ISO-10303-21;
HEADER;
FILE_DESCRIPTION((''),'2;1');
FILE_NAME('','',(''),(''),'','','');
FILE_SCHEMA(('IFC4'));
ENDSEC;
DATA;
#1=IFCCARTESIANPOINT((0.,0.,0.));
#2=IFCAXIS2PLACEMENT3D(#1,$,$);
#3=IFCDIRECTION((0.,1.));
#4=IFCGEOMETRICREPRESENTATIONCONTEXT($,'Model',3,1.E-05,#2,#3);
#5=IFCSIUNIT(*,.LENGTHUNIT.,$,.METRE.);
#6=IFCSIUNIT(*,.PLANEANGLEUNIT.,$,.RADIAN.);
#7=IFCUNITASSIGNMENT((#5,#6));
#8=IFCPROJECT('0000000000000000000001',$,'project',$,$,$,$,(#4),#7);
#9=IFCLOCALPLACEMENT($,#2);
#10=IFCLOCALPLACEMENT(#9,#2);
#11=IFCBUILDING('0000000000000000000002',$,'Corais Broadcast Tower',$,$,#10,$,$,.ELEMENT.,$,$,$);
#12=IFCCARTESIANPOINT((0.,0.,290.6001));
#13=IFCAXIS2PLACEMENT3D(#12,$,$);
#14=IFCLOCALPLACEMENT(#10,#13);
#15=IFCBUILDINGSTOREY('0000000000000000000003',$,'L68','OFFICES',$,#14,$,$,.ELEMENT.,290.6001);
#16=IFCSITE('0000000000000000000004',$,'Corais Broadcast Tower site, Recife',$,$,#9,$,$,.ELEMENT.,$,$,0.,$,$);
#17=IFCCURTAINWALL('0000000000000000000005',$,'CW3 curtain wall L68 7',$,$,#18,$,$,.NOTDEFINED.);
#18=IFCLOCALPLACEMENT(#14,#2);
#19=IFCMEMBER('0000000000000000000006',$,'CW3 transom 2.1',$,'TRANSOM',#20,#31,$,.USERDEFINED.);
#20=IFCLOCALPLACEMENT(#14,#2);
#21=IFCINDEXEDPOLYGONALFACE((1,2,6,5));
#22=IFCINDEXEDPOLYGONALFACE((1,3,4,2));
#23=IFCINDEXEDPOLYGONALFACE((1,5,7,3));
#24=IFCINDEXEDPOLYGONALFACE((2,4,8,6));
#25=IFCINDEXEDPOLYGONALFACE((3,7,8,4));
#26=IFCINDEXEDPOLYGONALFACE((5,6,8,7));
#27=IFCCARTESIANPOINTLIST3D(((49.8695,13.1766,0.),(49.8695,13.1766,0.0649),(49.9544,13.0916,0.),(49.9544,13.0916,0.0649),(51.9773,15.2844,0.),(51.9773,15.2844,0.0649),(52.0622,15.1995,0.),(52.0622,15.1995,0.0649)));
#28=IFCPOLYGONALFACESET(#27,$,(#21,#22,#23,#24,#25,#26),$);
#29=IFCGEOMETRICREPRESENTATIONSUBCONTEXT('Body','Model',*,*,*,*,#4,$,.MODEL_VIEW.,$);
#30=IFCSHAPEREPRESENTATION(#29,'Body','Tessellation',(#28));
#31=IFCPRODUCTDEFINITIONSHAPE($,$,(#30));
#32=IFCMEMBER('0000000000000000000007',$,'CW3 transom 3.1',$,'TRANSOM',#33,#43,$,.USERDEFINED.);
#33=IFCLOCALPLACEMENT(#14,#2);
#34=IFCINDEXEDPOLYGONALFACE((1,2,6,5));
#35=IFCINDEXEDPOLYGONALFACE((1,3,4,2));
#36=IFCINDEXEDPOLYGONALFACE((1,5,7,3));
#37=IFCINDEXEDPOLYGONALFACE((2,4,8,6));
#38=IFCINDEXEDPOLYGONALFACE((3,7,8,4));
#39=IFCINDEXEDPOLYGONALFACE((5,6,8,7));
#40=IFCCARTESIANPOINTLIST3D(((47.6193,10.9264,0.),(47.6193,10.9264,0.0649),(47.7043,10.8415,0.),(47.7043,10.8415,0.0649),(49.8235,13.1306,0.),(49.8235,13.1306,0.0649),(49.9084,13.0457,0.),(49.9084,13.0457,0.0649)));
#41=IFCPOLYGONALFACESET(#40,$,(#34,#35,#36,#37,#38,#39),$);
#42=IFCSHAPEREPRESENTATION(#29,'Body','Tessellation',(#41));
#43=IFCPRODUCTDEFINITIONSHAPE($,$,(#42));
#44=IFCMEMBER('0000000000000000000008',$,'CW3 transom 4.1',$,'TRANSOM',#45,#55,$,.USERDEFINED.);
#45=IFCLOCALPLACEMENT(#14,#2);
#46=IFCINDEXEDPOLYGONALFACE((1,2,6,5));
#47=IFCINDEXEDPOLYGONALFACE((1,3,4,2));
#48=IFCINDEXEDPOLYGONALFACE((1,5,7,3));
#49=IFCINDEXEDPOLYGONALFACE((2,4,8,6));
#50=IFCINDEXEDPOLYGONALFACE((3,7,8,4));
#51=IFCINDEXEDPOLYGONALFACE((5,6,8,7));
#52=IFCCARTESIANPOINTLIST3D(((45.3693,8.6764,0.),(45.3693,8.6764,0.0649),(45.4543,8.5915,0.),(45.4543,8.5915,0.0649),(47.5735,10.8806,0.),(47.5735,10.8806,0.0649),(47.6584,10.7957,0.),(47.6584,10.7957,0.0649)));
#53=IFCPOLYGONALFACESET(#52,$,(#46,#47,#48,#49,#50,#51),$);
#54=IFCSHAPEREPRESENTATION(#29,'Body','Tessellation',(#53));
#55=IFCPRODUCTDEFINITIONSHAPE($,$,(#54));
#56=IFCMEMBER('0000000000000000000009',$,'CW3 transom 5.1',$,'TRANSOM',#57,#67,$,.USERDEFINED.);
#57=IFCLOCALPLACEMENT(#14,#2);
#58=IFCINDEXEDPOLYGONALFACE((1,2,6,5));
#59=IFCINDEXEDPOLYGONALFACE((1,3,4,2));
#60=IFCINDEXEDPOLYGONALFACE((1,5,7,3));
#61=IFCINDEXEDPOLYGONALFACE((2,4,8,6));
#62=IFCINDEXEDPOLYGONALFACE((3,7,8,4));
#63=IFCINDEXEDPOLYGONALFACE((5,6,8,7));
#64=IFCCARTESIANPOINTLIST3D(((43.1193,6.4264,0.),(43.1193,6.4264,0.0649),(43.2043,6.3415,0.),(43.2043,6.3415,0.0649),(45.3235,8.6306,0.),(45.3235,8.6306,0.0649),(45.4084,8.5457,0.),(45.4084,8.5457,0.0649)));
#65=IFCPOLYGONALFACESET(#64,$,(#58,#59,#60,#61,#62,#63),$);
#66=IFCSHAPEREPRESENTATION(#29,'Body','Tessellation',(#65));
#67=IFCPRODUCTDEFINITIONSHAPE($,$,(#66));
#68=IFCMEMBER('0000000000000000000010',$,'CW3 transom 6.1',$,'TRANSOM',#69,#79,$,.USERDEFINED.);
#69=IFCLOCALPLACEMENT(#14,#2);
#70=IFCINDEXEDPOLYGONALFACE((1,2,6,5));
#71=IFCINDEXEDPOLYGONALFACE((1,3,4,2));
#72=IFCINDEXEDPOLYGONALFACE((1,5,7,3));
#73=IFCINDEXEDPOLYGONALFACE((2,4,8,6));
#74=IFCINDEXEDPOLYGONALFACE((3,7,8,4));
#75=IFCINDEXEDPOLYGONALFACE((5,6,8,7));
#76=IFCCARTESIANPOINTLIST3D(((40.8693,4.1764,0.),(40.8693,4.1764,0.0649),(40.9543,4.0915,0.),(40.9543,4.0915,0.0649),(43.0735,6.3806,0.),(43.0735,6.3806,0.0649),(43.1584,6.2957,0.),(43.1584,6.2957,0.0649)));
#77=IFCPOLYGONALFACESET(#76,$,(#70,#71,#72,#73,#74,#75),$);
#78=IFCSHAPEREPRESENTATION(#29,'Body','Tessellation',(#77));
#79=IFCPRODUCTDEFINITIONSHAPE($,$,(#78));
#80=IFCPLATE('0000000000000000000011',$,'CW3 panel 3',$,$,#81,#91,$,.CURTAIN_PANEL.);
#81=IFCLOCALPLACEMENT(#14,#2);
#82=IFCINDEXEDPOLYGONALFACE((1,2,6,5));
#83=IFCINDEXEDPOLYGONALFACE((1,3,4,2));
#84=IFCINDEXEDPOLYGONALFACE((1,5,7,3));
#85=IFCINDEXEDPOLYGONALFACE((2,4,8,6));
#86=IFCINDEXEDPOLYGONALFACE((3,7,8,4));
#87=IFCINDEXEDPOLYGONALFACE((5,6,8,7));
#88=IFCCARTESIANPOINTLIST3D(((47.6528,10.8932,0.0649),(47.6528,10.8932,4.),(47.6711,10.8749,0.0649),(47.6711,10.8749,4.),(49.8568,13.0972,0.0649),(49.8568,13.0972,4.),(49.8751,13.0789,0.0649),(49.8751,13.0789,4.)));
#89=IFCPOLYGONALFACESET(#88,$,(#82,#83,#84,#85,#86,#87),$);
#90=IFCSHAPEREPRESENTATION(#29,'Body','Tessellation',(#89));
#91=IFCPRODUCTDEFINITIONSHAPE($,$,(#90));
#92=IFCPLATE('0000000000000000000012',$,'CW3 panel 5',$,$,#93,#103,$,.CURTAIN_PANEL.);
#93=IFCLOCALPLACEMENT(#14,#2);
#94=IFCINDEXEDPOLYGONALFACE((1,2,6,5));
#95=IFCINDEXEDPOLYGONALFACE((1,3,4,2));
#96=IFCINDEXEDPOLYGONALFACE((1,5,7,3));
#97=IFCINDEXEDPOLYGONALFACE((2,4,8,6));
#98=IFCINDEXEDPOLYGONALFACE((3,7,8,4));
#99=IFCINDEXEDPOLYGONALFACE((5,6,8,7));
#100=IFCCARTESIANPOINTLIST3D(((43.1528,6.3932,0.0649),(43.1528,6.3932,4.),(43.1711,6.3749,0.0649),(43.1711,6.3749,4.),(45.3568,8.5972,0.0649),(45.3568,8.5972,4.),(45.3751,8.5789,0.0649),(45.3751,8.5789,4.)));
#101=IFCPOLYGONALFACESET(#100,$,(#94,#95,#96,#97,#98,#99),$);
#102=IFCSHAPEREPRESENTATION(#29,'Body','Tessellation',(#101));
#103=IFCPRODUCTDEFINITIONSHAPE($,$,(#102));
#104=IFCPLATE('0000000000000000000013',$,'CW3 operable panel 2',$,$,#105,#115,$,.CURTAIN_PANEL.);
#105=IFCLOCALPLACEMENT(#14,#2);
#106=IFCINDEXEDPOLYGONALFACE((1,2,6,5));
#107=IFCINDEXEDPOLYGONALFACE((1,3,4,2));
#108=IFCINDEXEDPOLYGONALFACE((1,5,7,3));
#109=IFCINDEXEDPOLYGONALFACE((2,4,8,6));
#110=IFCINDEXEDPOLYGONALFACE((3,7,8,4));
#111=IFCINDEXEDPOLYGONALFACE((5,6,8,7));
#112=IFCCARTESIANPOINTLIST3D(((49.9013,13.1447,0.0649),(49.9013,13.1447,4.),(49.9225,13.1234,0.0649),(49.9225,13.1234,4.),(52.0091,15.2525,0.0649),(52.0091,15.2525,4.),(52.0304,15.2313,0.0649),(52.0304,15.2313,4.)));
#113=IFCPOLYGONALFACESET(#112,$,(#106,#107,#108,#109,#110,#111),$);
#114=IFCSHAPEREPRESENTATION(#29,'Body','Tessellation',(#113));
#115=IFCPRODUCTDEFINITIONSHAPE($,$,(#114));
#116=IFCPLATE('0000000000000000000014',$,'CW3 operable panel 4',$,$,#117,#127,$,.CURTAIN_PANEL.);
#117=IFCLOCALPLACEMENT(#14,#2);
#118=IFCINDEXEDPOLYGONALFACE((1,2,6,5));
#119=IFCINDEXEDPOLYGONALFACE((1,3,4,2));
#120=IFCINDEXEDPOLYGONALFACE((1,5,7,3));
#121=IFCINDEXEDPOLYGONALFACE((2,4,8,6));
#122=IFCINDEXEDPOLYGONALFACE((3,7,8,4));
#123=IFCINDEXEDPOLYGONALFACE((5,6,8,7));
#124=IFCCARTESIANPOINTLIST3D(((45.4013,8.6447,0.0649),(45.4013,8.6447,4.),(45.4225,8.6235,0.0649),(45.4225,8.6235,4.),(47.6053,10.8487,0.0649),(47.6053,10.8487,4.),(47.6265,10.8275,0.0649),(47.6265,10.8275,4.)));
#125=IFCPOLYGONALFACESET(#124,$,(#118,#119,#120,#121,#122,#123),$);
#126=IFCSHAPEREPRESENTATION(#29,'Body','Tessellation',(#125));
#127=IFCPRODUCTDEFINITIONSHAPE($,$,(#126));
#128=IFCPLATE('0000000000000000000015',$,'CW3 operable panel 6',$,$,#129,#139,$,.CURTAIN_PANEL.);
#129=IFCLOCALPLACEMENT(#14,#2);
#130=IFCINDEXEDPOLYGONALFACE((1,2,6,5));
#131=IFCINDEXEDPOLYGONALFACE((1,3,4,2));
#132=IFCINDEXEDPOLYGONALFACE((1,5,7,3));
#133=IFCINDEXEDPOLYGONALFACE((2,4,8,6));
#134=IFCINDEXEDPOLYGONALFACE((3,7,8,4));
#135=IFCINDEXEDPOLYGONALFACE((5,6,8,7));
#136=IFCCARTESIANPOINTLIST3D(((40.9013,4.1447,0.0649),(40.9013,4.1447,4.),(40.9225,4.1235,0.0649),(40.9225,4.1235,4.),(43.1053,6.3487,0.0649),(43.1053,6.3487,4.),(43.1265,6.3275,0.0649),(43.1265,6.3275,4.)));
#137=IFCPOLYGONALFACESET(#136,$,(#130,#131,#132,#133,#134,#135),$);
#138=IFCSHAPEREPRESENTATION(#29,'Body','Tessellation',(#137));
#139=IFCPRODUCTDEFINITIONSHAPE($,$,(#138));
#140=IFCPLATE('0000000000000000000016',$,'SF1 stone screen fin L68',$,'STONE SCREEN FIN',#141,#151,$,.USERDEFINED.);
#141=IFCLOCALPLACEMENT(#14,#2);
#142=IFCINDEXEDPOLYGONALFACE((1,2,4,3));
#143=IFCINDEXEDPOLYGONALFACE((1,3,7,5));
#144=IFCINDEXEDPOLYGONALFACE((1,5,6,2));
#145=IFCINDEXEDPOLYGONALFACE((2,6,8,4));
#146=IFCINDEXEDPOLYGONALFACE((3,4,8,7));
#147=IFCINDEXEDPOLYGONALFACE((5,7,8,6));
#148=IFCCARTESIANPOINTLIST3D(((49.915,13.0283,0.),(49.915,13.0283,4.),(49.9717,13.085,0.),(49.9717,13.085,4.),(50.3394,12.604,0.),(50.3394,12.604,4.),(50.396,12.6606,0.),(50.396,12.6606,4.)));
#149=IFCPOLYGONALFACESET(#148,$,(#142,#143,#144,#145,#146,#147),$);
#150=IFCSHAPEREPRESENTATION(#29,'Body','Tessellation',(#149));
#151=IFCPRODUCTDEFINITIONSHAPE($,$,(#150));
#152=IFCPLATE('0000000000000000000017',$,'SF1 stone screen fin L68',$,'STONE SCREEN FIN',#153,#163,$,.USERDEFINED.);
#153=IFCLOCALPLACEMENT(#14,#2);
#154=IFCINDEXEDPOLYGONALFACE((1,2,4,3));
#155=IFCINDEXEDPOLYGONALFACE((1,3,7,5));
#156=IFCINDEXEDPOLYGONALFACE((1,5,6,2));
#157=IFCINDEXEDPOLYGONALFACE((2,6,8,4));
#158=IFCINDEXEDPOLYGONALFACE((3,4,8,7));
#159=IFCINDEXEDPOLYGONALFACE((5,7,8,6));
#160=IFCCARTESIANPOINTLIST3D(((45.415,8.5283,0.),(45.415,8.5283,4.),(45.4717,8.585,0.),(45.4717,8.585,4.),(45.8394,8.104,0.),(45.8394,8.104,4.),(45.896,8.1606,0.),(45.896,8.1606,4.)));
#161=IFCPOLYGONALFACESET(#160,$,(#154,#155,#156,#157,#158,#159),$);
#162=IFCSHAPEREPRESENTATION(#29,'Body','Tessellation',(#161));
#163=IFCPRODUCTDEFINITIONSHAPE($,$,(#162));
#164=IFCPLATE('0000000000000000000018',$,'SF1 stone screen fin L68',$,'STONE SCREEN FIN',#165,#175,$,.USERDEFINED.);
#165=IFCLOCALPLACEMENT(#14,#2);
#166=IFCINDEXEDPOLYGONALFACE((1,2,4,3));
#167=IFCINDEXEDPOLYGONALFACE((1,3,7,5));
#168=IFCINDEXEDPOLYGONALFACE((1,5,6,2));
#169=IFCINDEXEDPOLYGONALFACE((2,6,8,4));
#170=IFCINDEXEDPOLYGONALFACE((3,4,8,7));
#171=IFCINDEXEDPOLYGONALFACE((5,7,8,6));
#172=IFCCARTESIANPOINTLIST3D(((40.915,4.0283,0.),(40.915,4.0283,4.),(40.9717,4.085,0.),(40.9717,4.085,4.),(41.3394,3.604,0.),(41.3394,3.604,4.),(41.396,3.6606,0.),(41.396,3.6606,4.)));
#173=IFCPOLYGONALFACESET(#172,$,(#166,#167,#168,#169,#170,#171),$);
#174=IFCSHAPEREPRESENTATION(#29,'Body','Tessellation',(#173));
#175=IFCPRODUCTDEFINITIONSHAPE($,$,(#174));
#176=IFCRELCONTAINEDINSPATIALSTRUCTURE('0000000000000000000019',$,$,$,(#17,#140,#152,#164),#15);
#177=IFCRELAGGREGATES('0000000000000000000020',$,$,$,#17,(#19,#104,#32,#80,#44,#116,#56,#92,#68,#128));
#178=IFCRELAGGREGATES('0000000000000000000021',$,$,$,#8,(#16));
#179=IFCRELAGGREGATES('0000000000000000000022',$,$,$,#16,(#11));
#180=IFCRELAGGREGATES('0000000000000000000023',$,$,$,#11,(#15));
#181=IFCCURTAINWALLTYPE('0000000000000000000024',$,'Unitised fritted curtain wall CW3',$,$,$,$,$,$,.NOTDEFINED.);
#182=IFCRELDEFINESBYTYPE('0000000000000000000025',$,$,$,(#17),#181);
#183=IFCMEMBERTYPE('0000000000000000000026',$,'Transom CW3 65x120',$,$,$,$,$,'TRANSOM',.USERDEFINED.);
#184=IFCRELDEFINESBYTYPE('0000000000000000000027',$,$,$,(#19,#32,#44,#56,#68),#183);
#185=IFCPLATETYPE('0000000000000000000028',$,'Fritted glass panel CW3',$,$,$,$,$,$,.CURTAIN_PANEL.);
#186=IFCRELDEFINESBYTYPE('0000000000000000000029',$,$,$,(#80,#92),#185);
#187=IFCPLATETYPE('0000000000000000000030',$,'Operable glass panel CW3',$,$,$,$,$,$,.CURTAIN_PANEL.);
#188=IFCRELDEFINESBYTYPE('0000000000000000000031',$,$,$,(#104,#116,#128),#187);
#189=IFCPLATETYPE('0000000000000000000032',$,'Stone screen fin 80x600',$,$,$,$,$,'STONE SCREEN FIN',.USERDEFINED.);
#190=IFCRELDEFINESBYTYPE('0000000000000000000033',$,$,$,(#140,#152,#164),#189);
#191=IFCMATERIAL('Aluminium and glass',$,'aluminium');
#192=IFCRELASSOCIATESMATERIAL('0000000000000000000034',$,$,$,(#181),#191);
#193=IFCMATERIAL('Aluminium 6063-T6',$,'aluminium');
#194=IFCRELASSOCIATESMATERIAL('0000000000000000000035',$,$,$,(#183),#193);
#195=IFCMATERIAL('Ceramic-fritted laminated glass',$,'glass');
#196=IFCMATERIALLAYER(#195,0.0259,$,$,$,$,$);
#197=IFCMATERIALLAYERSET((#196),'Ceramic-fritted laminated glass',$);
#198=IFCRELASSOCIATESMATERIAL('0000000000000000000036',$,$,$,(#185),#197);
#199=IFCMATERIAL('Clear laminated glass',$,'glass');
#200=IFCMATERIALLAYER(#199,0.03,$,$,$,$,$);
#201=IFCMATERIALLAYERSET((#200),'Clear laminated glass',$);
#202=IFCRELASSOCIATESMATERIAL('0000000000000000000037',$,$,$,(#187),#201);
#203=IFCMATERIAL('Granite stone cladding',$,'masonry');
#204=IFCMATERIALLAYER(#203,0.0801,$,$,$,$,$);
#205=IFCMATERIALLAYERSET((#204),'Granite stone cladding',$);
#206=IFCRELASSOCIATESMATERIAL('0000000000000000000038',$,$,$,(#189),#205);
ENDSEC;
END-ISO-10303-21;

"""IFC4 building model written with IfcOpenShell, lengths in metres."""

from ifc_helpers import new_model, si_unit, direction, frame, origin, origin_2d, place, context, subcontext, project, spatial, rectangle, extrude, material, layer, layer_set, material_profile, profile_set, type_object, element, aggregate, save


model = new_model("IFC4")

# Units and contexts
model_context = context("Model", 3, precision=1e-05, world=origin(), true_north=direction((0.0, 1.0)))
body_context = subcontext(model_context, "Body", "Model", "MODEL_VIEW")
ifc_project = project(units=[si_unit("LENGTHUNIT", "METRE"), si_unit("PLANEANGLEUNIT", "RADIAN")], contexts=[model_context])

# Site, building, storey
site_placement = place(None, origin())
site = spatial("IfcSite", under=ifc_project, at=site_placement, Name="Corais Broadcast Tower site, Recife", CompositionType="ELEMENT", RefElevation=0.0)
building_placement = place(site_placement, origin())
building = spatial("IfcBuilding", under=site, at=building_placement, Name="Corais Broadcast Tower", CompositionType="ELEMENT")
storey_placement = place(building_placement, frame((0.0, 0.0, 290.6001)))
storey = spatial("IfcBuildingStorey", under=building, at=storey_placement, Name="L68", Description="OFFICES", CompositionType="ELEMENT", Elevation=290.6001)

# Curtain wall
ifc_material_1 = material(Name="Aluminium and glass", Category="aluminium")
curtain_wall_type = type_object("IfcCurtainWallType", Name="Unitised fritted curtain wall CW3", PredefinedType="NOTDEFINED", material=ifc_material_1)
curtain_wall_placement = place(storey_placement, origin())
curtain_wall = element("IfcCurtainWall", 1, at=curtain_wall_placement, inside=storey, type_object=curtain_wall_type, Name="CW3 curtain wall L68 7", PredefinedType="NOTDEFINED")

# Members
ifc_material_2 = material(Name="Aluminium 6063-T6", Category="aluminium")
ifc_material_profile_1 = material_profile(ifc_material_2, rectangle(XDim=0.1201, YDim=0.0649, at=origin_2d()), Name="Transom CW3 65x120")
ifc_profile_set_1 = profile_set([ifc_material_profile_1], Name="Aluminium 6063-T6")
member_type_1 = type_object("IfcMemberType", Name="Transom CW3 65x120", ElementType="TRANSOM", PredefinedType="USERDEFINED", material=ifc_profile_set_1)
member_1_placement = place(storey_placement, frame((52.0198, 15.2419, 0.0325), z_axis=(-0.707107, -0.707107, 0.0), x_axis=(0.707107, -0.707107, 0.0)))
member_1 = element("IfcMember", 2, at=member_1_placement, type_object=member_type_1, Name="CW3 transom 2.1", ObjectType="TRANSOM", PredefinedType="USERDEFINED", context=body_context, shape_type="SweptSolid", body=[
    extrude(rectangle(XDim=0.1201, YDim=0.0649, at=origin_2d()), origin(), (0.0, 0.0, 1.0), 2.981),
])
member_2_placement = place(storey_placement, frame((49.866, 13.0881, 0.0325), z_axis=(-0.707107, -0.707107, 0.0), x_axis=(0.707107, -0.707107, 0.0)))
member_2 = element("IfcMember", 3, at=member_2_placement, type_object=member_type_1, Name="CW3 transom 3.1", ObjectType="TRANSOM", PredefinedType="USERDEFINED", context=body_context, shape_type="SweptSolid", body=[
    extrude(rectangle(XDim=0.1201, YDim=0.0649, at=origin_2d()), origin(), (0.0, 0.0, 1.0), 3.1172),
])
member_3_placement = place(storey_placement, frame((47.616, 10.8381, 0.0325), z_axis=(-0.707107, -0.707107, 0.0), x_axis=(0.707107, -0.707107, 0.0)))
member_3 = element("IfcMember", 4, at=member_3_placement, type_object=member_type_1, Name="CW3 transom 4.1", ObjectType="TRANSOM", PredefinedType="USERDEFINED", context=body_context, shape_type="SweptSolid", body=[
    extrude(rectangle(XDim=0.1201, YDim=0.0649, at=origin_2d()), origin(), (0.0, 0.0, 1.0), 3.1172),
])
member_4_placement = place(storey_placement, frame((45.366, 8.5881, 0.0325), z_axis=(-0.707107, -0.707107, 0.0), x_axis=(0.707107, -0.707107, 0.0)))
member_4 = element("IfcMember", 5, at=member_4_placement, type_object=member_type_1, Name="CW3 transom 5.1", ObjectType="TRANSOM", PredefinedType="USERDEFINED", context=body_context, shape_type="SweptSolid", body=[
    extrude(rectangle(XDim=0.1201, YDim=0.0649, at=origin_2d()), origin(), (0.0, 0.0, 1.0), 3.1172),
])
member_5_placement = place(storey_placement, frame((43.116, 6.3381, 0.0325), z_axis=(-0.707107, -0.707107, 0.0), x_axis=(0.707107, -0.707107, 0.0)))
member_5 = element("IfcMember", 6, at=member_5_placement, type_object=member_type_1, Name="CW3 transom 6.1", ObjectType="TRANSOM", PredefinedType="USERDEFINED", context=body_context, shape_type="SweptSolid", body=[
    extrude(rectangle(XDim=0.1201, YDim=0.0649, at=origin_2d()), origin(), (0.0, 0.0, 1.0), 3.1172),
])

# Plates
ifc_material_3 = material(Name="Ceramic-fritted laminated glass", Category="glass")
ifc_layer_1 = layer(ifc_material_3, 0.0259)
ifc_layer_set_1 = layer_set([ifc_layer_1], Name="Ceramic-fritted laminated glass")
plate_type_1 = type_object("IfcPlateType", Name="Fritted glass panel CW3", PredefinedType="CURTAIN_PANEL", material=ifc_layer_set_1)
plate_1_placement = place(storey_placement, frame((48.7639, 11.9861, 0.0649), z_axis=(0.0, 0.0, 1.0), x_axis=(-0.707107, -0.707107, 0.0)))
plate_1 = element("IfcPlate", 7, at=plate_1_placement, type_object=plate_type_1, Name="CW3 panel 3", PredefinedType="CURTAIN_PANEL", context=body_context, shape_type="SweptSolid", body=[
    extrude(rectangle(XDim=3.1169, YDim=0.0259, at=origin_2d()), origin(), (0.0, 0.0, 1.0), 3.9351),
])
plate_2_placement = place(storey_placement, frame((44.2639, 7.4861, 0.0649), z_axis=(0.0, 0.0, 1.0), x_axis=(-0.707107, -0.707107, 0.0)))
plate_2 = element("IfcPlate", 8, at=plate_2_placement, type_object=plate_type_1, Name="CW3 panel 5", PredefinedType="CURTAIN_PANEL", context=body_context, shape_type="SweptSolid", body=[
    extrude(rectangle(XDim=3.1169, YDim=0.0259, at=origin_2d()), origin(), (0.0, 0.0, 1.0), 3.9351),
])
ifc_material_4 = material(Name="Clear laminated glass", Category="glass")
ifc_layer_2 = layer(ifc_material_4, 0.03)
ifc_layer_set_2 = layer_set([ifc_layer_2], Name="Clear laminated glass")
plate_type_2 = type_object("IfcPlateType", Name="Operable glass panel CW3", PredefinedType="CURTAIN_PANEL", material=ifc_layer_set_2)
plate_3_placement = place(storey_placement, frame((50.9658, 14.188, 0.0649), z_axis=(0.0, 0.0, 1.0), x_axis=(-0.707107, -0.707107, 0.0)))
plate_3 = element("IfcPlate", 9, at=plate_3_placement, type_object=plate_type_2, Name="CW3 operable panel 2", PredefinedType="CURTAIN_PANEL", context=body_context, shape_type="SweptSolid", body=[
    extrude(rectangle(XDim=2.981, YDim=0.03, at=origin_2d()), origin(), (0.0, 0.0, 1.0), 3.9351),
])
plate_4_placement = place(storey_placement, frame((46.5139, 9.7361, 0.0649), z_axis=(0.0, 0.0, 1.0), x_axis=(-0.707107, -0.707107, 0.0)))
plate_4 = element("IfcPlate", 10, at=plate_4_placement, type_object=plate_type_2, Name="CW3 operable panel 4", PredefinedType="CURTAIN_PANEL", context=body_context, shape_type="SweptSolid", body=[
    extrude(rectangle(XDim=3.1169, YDim=0.03, at=origin_2d()), origin(), (0.0, 0.0, 1.0), 3.9351),
])
plate_5_placement = place(storey_placement, frame((42.0139, 5.2361, 0.0649), z_axis=(0.0, 0.0, 1.0), x_axis=(-0.707107, -0.707107, 0.0)))
plate_5 = element("IfcPlate", 11, at=plate_5_placement, type_object=plate_type_2, Name="CW3 operable panel 6", PredefinedType="CURTAIN_PANEL", context=body_context, shape_type="SweptSolid", body=[
    extrude(rectangle(XDim=3.1169, YDim=0.03, at=origin_2d()), origin(), (0.0, 0.0, 1.0), 3.9351),
])
aggregate(curtain_wall, [member_1, plate_3, member_2, plate_1, member_3, plate_4, member_4, plate_2, member_5, plate_5])

# Plates
ifc_material_5 = material(Name="Granite stone cladding", Category="masonry")
ifc_layer_3 = layer(ifc_material_5, 0.0801)
ifc_layer_set_3 = layer_set([ifc_layer_3], Name="Granite stone cladding")
plate_type_3 = type_object("IfcPlateType", Name="Stone screen fin 80x600", ElementType="STONE SCREEN FIN", PredefinedType="USERDEFINED", material=ifc_layer_set_3)
for number, where, z_axis, x_axis, name in (
    (12, (50.1555, 12.8445, 0.0), (0.0, 0.0, 1.0), (-0.707107, -0.707107, 0.0), "SF1 stone screen fin L68"),
    (13, (45.6555, 8.3445, 0.0), (0.0, 0.0, 1.0), (-0.707107, -0.707107, 0.0), "SF1 stone screen fin L68"),
    (14, (41.1555, 3.8445, 0.0), (0.0, 0.0, 1.0), (-0.707107, -0.707107, 0.0), "SF1 stone screen fin L68"),
):
    element("IfcPlate", number, at=place(storey_placement, frame(where, z_axis=z_axis, x_axis=x_axis)), inside=storey, type_object=plate_type_3, Name=name, ObjectType="STONE SCREEN FIN", PredefinedType="USERDEFINED", context=body_context, shape_type="SweptSolid", body=[
        extrude(rectangle(XDim=0.0801, YDim=0.6001, at=origin_2d()), origin(), (0.0, 0.0, 1.0), 4.0),
    ])

save(model, "model.ifc")
